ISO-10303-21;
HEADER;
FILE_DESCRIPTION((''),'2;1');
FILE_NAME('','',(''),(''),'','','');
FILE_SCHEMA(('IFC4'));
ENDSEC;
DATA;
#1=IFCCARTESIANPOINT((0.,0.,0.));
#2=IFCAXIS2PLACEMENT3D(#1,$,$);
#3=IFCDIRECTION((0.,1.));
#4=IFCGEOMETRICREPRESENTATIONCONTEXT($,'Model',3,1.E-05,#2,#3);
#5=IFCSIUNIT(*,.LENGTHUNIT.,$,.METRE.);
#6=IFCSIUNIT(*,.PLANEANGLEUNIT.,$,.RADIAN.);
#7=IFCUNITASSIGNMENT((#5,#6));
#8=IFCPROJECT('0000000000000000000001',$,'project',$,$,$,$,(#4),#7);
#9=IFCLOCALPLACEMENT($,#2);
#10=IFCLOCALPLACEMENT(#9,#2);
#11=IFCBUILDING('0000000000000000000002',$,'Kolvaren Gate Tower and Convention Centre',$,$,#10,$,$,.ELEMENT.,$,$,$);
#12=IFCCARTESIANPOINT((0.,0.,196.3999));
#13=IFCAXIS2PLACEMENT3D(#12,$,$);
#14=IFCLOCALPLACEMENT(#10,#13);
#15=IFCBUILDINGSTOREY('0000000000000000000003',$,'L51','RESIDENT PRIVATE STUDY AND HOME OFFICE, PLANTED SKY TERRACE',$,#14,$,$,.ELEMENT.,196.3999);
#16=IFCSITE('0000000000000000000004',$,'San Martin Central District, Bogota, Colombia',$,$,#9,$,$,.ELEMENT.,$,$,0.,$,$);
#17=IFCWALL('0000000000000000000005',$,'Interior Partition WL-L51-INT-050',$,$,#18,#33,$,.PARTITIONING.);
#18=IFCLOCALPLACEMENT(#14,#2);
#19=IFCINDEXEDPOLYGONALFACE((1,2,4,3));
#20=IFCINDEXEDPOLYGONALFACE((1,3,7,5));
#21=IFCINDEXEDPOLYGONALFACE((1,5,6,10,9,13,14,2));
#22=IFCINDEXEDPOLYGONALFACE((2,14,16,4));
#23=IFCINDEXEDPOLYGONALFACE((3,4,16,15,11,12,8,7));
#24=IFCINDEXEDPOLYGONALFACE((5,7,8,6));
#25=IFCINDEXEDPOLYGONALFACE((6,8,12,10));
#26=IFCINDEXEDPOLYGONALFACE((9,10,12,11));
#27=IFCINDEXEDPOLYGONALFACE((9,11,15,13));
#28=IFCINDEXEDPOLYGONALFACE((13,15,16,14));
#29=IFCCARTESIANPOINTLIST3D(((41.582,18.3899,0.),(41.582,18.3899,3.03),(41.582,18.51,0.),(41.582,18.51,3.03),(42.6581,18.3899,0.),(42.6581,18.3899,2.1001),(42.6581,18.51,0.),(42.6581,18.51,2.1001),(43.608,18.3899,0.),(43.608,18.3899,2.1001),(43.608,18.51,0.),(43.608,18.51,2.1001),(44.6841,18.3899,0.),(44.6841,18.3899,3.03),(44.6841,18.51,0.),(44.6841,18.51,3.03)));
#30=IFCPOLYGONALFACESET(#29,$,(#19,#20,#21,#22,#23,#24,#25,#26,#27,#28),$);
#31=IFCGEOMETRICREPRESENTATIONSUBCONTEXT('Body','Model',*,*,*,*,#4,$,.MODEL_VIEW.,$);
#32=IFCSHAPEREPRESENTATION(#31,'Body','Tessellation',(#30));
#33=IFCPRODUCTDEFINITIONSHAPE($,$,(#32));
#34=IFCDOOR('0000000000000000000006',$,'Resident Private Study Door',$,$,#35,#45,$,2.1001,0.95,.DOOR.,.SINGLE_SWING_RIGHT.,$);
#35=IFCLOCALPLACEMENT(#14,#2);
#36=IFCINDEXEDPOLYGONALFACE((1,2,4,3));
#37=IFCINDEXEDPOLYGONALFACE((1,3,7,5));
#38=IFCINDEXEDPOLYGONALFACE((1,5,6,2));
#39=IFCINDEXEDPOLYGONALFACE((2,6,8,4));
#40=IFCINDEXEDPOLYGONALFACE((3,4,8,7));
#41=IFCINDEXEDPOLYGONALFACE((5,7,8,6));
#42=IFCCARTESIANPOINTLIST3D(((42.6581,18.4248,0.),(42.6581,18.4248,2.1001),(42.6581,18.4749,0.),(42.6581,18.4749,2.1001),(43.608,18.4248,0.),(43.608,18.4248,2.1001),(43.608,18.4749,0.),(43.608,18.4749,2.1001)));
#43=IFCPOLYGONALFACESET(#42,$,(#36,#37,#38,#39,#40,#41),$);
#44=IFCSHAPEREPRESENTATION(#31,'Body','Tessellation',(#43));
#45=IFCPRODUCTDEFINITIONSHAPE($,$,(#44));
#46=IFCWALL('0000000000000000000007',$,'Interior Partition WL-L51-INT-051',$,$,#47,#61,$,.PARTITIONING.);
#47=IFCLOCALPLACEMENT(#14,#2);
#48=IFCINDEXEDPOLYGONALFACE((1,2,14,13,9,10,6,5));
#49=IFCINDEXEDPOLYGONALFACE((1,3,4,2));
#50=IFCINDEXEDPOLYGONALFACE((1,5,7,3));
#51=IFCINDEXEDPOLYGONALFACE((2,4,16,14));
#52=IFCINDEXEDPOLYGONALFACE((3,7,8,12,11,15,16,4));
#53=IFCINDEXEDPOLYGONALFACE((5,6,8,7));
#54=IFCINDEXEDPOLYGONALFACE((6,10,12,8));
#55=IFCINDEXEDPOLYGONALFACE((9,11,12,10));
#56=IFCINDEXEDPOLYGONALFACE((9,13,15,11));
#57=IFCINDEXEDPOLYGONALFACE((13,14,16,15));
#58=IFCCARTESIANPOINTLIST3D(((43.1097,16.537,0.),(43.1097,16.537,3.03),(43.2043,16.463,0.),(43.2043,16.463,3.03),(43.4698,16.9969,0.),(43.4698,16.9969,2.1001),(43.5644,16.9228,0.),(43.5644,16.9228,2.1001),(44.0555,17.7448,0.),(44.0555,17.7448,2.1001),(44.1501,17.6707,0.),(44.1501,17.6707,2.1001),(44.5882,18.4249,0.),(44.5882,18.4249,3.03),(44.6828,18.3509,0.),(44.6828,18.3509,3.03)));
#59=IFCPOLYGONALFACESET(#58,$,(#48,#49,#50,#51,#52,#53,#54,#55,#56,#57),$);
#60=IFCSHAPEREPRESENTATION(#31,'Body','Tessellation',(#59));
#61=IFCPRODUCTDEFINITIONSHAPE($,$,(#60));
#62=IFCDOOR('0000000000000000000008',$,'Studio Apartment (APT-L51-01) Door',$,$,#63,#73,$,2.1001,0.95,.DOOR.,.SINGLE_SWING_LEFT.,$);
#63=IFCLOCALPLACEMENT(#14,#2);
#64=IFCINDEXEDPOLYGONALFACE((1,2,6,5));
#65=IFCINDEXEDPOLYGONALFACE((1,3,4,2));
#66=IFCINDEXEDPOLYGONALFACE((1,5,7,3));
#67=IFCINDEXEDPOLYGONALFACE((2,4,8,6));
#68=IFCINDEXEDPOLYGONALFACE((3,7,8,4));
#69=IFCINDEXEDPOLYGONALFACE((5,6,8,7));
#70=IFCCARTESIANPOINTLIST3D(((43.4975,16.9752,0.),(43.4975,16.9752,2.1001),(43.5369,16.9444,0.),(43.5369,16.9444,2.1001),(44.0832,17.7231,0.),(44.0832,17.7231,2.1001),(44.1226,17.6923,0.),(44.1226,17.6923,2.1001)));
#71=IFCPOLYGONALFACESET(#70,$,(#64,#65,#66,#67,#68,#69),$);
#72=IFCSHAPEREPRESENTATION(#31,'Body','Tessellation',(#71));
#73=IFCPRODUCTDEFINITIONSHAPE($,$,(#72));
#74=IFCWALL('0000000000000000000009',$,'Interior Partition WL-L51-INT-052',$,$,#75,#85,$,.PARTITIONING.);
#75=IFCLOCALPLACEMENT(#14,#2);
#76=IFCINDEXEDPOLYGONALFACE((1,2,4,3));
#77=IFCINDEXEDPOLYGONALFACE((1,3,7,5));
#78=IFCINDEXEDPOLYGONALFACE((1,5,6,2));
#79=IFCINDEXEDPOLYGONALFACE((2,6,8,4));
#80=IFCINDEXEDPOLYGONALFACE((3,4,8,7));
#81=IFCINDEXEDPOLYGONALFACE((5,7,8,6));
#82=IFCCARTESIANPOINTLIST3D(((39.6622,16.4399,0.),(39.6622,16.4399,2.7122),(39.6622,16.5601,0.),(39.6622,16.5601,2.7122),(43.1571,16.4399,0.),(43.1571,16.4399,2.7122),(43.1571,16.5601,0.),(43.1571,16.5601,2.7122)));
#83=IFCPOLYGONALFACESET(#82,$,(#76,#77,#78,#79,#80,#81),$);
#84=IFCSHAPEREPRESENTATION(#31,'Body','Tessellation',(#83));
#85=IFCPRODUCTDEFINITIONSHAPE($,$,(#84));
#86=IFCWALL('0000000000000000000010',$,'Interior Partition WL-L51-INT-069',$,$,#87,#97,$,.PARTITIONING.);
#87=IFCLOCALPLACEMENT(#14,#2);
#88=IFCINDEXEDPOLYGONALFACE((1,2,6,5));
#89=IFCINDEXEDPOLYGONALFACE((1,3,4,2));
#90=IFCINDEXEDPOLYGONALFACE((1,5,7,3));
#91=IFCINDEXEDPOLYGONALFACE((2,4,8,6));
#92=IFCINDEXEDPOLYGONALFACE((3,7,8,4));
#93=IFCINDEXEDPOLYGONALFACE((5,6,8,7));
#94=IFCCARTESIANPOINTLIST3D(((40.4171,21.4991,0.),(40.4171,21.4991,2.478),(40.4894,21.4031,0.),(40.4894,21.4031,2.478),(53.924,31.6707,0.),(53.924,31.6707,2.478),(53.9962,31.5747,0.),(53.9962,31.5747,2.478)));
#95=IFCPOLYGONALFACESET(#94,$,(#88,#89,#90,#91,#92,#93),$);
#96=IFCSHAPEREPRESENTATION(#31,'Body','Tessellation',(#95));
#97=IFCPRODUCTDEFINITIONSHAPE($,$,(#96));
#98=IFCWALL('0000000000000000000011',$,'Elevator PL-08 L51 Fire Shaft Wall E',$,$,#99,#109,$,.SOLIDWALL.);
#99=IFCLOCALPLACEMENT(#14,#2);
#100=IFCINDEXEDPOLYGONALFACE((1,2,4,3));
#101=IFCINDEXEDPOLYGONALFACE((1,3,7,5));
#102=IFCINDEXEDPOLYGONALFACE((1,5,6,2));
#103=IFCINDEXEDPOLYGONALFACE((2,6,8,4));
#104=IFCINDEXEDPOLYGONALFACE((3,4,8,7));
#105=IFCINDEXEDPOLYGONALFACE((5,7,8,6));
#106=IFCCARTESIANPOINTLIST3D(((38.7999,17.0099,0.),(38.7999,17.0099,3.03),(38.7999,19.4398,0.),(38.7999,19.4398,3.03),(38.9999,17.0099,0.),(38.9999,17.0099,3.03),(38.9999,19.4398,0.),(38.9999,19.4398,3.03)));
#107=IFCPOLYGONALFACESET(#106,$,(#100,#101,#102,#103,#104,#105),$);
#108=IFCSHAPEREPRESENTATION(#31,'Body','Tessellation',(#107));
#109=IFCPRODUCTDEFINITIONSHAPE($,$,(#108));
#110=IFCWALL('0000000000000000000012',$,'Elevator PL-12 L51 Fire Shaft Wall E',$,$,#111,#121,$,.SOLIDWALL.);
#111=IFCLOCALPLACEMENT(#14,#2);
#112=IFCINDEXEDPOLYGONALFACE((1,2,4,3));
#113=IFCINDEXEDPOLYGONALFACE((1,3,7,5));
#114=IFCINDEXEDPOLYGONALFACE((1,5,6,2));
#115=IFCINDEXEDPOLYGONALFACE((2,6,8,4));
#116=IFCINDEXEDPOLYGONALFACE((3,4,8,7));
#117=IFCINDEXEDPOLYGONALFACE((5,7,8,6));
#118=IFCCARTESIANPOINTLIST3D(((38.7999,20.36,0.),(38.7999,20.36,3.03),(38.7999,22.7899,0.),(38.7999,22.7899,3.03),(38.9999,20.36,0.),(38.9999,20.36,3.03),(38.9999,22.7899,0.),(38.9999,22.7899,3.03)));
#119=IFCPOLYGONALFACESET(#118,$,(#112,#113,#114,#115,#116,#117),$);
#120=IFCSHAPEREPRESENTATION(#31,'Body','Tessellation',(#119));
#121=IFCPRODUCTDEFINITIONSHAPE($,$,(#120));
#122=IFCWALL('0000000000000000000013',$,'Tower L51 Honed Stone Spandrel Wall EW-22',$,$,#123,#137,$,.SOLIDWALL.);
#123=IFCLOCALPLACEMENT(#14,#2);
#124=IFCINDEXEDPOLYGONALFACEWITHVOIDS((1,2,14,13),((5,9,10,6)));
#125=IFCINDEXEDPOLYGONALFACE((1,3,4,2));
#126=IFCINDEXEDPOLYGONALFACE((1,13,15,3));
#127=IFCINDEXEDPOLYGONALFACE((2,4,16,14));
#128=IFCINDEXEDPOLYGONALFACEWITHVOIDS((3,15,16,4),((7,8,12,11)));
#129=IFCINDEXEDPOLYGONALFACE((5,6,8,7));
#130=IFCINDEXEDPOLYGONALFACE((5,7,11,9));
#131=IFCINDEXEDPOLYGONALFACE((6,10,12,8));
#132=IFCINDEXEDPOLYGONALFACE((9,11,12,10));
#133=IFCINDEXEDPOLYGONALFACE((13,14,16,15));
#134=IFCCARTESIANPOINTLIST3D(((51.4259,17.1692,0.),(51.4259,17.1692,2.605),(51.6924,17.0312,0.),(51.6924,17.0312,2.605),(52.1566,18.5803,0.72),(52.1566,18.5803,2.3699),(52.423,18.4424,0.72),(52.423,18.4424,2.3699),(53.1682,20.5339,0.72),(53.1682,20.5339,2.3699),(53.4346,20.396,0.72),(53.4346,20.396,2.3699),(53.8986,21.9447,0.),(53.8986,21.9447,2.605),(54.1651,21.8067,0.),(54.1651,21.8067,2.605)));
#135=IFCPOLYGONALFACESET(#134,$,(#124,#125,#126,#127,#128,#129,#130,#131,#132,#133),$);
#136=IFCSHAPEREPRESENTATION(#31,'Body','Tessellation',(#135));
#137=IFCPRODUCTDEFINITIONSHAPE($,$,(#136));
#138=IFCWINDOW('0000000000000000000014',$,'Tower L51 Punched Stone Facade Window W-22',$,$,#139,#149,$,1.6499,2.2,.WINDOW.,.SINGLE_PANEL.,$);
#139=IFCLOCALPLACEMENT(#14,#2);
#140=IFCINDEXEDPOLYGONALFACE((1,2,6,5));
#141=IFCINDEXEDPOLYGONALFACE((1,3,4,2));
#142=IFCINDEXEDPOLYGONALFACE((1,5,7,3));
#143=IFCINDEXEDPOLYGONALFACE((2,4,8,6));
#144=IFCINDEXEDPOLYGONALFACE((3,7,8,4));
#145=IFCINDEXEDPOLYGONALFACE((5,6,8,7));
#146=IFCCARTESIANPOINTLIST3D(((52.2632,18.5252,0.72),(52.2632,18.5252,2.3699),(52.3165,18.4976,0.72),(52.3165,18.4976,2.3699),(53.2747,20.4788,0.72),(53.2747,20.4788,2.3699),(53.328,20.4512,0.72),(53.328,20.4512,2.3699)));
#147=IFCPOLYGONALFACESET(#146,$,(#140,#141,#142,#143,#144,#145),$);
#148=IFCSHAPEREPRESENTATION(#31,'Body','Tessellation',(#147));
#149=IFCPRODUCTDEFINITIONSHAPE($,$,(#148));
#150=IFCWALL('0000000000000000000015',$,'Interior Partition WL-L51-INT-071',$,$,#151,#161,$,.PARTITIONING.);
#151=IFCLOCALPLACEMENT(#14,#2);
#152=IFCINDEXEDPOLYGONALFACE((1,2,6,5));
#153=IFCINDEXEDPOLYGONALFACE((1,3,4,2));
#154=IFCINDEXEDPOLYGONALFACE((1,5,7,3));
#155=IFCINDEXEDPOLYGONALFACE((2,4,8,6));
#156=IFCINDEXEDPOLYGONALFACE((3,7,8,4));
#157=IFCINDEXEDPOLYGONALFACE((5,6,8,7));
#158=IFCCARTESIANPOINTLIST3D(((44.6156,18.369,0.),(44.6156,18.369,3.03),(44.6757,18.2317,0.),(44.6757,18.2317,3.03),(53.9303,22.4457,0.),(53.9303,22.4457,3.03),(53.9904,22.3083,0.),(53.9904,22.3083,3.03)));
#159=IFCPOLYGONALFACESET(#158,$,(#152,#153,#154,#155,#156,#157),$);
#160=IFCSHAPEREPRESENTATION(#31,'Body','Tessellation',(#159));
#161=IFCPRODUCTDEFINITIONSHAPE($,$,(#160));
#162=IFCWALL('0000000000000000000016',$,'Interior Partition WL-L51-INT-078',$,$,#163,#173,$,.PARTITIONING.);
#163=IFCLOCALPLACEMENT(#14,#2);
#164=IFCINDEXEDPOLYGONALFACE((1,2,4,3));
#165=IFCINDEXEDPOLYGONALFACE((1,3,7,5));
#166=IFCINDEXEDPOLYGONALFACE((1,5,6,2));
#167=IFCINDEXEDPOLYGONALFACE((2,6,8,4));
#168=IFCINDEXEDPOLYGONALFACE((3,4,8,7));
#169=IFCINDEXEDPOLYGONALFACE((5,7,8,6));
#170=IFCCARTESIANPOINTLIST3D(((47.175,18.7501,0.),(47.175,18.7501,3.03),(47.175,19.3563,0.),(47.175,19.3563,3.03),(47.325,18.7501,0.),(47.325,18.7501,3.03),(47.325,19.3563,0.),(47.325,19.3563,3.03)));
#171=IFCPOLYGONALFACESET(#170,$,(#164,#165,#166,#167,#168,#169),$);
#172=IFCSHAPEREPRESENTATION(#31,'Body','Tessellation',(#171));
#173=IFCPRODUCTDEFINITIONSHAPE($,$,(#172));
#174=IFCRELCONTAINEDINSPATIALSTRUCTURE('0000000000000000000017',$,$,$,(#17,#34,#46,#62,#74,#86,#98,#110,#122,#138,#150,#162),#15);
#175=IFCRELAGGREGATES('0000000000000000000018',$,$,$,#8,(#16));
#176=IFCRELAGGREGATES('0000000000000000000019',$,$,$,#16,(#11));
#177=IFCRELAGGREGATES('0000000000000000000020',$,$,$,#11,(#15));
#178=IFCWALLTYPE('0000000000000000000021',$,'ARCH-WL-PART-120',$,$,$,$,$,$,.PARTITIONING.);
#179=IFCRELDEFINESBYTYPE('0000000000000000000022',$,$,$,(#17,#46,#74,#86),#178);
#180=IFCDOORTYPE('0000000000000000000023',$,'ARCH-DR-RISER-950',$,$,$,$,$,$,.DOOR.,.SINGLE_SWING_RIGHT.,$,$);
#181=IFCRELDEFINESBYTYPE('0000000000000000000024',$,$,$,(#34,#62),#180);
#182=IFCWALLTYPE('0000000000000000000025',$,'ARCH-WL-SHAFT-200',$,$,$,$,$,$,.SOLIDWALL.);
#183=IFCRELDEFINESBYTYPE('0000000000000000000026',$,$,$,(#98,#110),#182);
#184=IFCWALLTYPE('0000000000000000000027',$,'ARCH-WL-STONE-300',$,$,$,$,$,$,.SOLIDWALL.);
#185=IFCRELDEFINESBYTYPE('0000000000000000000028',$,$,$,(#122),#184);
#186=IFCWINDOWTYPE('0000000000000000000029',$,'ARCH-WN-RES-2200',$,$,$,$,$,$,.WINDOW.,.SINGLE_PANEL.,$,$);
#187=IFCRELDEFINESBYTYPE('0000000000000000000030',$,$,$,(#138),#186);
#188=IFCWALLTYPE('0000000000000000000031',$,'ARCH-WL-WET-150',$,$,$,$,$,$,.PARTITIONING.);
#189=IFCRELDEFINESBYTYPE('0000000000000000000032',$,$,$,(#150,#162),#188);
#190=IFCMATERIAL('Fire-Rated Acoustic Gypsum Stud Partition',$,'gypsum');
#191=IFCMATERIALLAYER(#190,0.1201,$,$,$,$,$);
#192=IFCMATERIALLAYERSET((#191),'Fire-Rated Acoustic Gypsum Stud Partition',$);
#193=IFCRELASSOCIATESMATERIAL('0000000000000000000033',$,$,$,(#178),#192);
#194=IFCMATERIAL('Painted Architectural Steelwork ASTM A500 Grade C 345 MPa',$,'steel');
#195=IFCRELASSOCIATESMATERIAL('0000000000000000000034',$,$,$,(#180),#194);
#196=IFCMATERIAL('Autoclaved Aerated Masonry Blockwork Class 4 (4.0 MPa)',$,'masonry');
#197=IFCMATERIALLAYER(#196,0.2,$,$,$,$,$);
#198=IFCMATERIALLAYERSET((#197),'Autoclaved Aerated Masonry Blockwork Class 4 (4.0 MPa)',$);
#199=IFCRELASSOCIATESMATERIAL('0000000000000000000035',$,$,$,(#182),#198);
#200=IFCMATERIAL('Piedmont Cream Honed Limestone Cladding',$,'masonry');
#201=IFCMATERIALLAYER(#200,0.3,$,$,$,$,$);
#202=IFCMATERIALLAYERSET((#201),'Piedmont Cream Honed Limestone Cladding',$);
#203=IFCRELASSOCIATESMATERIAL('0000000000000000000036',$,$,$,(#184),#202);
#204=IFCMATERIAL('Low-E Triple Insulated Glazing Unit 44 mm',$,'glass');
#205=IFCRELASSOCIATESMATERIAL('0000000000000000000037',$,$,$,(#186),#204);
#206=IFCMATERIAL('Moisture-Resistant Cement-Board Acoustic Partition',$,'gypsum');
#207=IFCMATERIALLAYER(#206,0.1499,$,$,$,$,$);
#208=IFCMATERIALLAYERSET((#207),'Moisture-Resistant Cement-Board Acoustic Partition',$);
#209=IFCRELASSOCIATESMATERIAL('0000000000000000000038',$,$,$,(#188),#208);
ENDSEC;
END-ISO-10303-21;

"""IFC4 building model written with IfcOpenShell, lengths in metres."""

from ifc_helpers import new_model, si_unit, direction, frame, frame_2d, origin, place, context, subcontext, project, spatial, rectangle, extrude, material, layer, layer_set, type_object, element, fill, save


model = new_model("IFC4")

# Units and contexts
model_context = context("Model", 3, precision=1e-05, world=origin(), true_north=direction((0.0, 1.0)))
body_context = subcontext(model_context, "Body", "Model", "MODEL_VIEW")
ifc_project = project(units=[si_unit("LENGTHUNIT", "METRE"), si_unit("PLANEANGLEUNIT", "RADIAN")], contexts=[model_context])

# Site, building, storey
site_placement = place(None, origin())
site = spatial("IfcSite", under=ifc_project, at=site_placement, Name="San Martin Central District, Bogota, Colombia", CompositionType="ELEMENT", RefElevation=0.0)
building_placement = place(site_placement, origin())
building = spatial("IfcBuilding", under=site, at=building_placement, Name="Kolvaren Gate Tower and Convention Centre", CompositionType="ELEMENT")
storey_placement = place(building_placement, frame((0.0, 0.0, 196.3999)))
storey = spatial("IfcBuildingStorey", under=building, at=storey_placement, Name="L51", Description="RESIDENT PRIVATE STUDY AND HOME OFFICE, PLANTED SKY TERRACE", CompositionType="ELEMENT", Elevation=196.3999)

# Shared definitions
ifc_material_1 = material(Name="Fire-Rated Acoustic Gypsum Stud Partition", Category="gypsum")
ifc_layer_1 = layer(ifc_material_1, 0.1201)
ifc_layer_set_1 = layer_set([ifc_layer_1], Name="Fire-Rated Acoustic Gypsum Stud Partition")
wall_type_1 = type_object("IfcWallType", Name="ARCH-WL-PART-120", PredefinedType="PARTITIONING", material=ifc_layer_set_1)

# Walls, openings, doors
wall_1_placement = place(storey_placement, frame((41.582, 18.45, 0.0), z_axis=(0.0, 0.0, 1.0), x_axis=(1.0, 0.0, 0.0)))
wall_1 = element("IfcWall", 1, at=wall_1_placement, inside=storey, type_object=wall_type_1, Name="Interior Partition WL-L51-INT-050", PredefinedType="PARTITIONING", context=body_context, shape_type="SweptSolid", body=[
    extrude(rectangle(XDim=3.1021, YDim=0.1201, at=frame_2d((1.551, 0.0))), origin(), (0.0, 0.0, 1.0), 3.03),
])
opening_1_placement = place(wall_1_placement, frame((1.0759, 0.0, 0.0)))
opening_1 = element("IfcOpeningElement", 2, at=opening_1_placement, cuts=wall_1, PredefinedType="OPENING", context=body_context, shape_type="SweptSolid", body=[
    extrude(rectangle(XDim=0.95, YDim=2.1001, at=frame_2d((0.4751, 1.05))), frame((0.0, 0.0701, 0.0), z_axis=(0.0, -1.0, 0.0), x_axis=(1.0, 0.0, 0.0)), (0.0, 0.0, 1.0), 0.1401),
])
ifc_material_2 = material(Name="Painted Architectural Steelwork ASTM A500 Grade C 345 MPa", Category="steel")
door_type_1 = type_object("IfcDoorType", Name="ARCH-DR-RISER-950", OperationType="SINGLE_SWING_RIGHT", PredefinedType="DOOR", material=ifc_material_2)
door_1_placement = place(opening_1_placement, origin())
door_1 = element("IfcDoor", 3, at=door_1_placement, inside=storey, type_object=door_type_1, Name="Resident Private Study Door", OperationType="SINGLE_SWING_RIGHT", OverallHeight=2.1001, OverallWidth=0.95, PredefinedType="DOOR", context=body_context, shape_type="SweptSolid", body=[
    extrude(rectangle(XDim=0.95, YDim=2.1001, at=frame_2d((0.4751, 1.05))), frame((0.0, 0.0249, 0.0), z_axis=(0.0, -1.0, 0.0), x_axis=(1.0, 0.0, 0.0)), (0.0, 0.0, 1.0), 0.05),
])
fill(opening_1, door_1)
wall_2_placement = place(storey_placement, frame((43.157, 16.5, 0.0), z_axis=(0.0, 0.0, 1.0), x_axis=(0.616566, 0.787303, 0.0)))
wall_2 = element("IfcWall", 4, at=wall_2_placement, inside=storey, type_object=wall_type_1, Name="Interior Partition WL-L51-INT-051", PredefinedType="PARTITIONING", context=body_context, shape_type="SweptSolid", body=[
    extrude(rectangle(XDim=2.3979, YDim=0.1201, at=frame_2d((1.199, 0.0))), origin(), (0.0, 0.0, 1.0), 3.03),
])
opening_2_placement = place(wall_2_placement, frame((0.584, 0.0, 0.0)))
opening_2 = element("IfcOpeningElement", 5, at=opening_2_placement, cuts=wall_2, PredefinedType="OPENING", context=body_context, shape_type="SweptSolid", body=[
    extrude(rectangle(XDim=0.95, YDim=2.1001, at=frame_2d((0.4751, 1.05))), frame((0.0, 0.0701, 0.0), z_axis=(0.0, -1.0, 0.0), x_axis=(1.0, 0.0, 0.0)), (0.0, 0.0, 1.0), 0.1401),
])
door_2_placement = place(opening_2_placement, origin())
door_2 = element("IfcDoor", 6, at=door_2_placement, inside=storey, type_object=door_type_1, Name="Studio Apartment (APT-L51-01) Door", OperationType="SINGLE_SWING_LEFT", OverallHeight=2.1001, OverallWidth=0.95, PredefinedType="DOOR", context=body_context, shape_type="SweptSolid", body=[
    extrude(rectangle(XDim=0.95, YDim=2.1001, at=frame_2d((0.4751, 1.05))), frame((0.0, 0.0249, 0.0), z_axis=(0.0, -1.0, 0.0), x_axis=(1.0, 0.0, 0.0)), (0.0, 0.0, 1.0), 0.05),
])
fill(opening_2, door_2)

# Walls
wall_3_placement = place(storey_placement, frame((39.6621, 16.5, 0.0), z_axis=(0.0, 0.0, 1.0), x_axis=(1.0, 0.0, 0.0)))
element("IfcWall", 7, at=wall_3_placement, inside=storey, type_object=wall_type_1, Name="Interior Partition WL-L51-INT-052", PredefinedType="PARTITIONING", context=body_context, shape_type="SweptSolid", body=[
    extrude(rectangle(XDim=3.4949, YDim=0.1201, at=frame_2d((1.7476, 0.0))), origin(), (0.0, 0.0, 1.0), 2.7122),
])
wall_4_placement = place(storey_placement, frame((40.4534, 21.4512, 0.0), z_axis=(0.0, 0.0, 1.0), x_axis=(0.79882, 0.60157, 0.0)))
element("IfcWall", 8, at=wall_4_placement, inside=storey, type_object=wall_type_1, Name="Interior Partition WL-L51-INT-069", PredefinedType="PARTITIONING", context=body_context, shape_type="SweptSolid", body=[
    extrude(rectangle(XDim=16.9084, YDim=0.1201, at=frame_2d((8.4541, 0.0))), origin(), (0.0, 0.0, 1.0), 2.478),
])
ifc_material_3 = material(Name="Autoclaved Aerated Masonry Blockwork Class 4 (4.0 MPa)", Category="masonry")
ifc_layer_2 = layer(ifc_material_3, 0.2)
ifc_layer_set_2 = layer_set([ifc_layer_2], Name="Autoclaved Aerated Masonry Blockwork Class 4 (4.0 MPa)")
wall_type_2 = type_object("IfcWallType", Name="ARCH-WL-SHAFT-200", PredefinedType="SOLIDWALL", material=ifc_layer_set_2)
for number, where, z_axis, x_axis, name in (
    (9, (38.8999, 17.01, 0.0), (0.0, 0.0, 1.0), (0.0, 1.0, 0.0), "Elevator PL-08 L51 Fire Shaft Wall E"),
    (10, (38.8999, 20.3601, 0.0), (0.0, 0.0, 1.0), (0.0, 1.0, 0.0), "Elevator PL-12 L51 Fire Shaft Wall E"),
):
    element("IfcWall", number, at=place(storey_placement, frame(where, z_axis=z_axis, x_axis=x_axis)), inside=storey, type_object=wall_type_2, Name=name, PredefinedType="SOLIDWALL", context=body_context, shape_type="SweptSolid", body=[
        extrude(rectangle(XDim=2.4299, YDim=0.2, at=frame_2d((1.2148, 0.0))), origin(), (0.0, 0.0, 1.0), 3.03),
    ])

# Wall, opening, window
ifc_material_4 = material(Name="Piedmont Cream Honed Limestone Cladding", Category="masonry")
ifc_layer_3 = layer(ifc_material_4, 0.3)
ifc_layer_set_3 = layer_set([ifc_layer_3], Name="Piedmont Cream Honed Limestone Cladding")
wall_type_3 = type_object("IfcWallType", Name="ARCH-WL-STONE-300", PredefinedType="SOLIDWALL", material=ifc_layer_set_3)
wall_5_placement = place(storey_placement, frame((51.5591, 17.1001, 0.0), z_axis=(0.0, 0.0, 1.0), x_axis=(0.459808, 0.888018, 0.0)))
wall_5 = element("IfcWall", 11, at=wall_5_placement, inside=storey, type_object=wall_type_3, Name="Tower L51 Honed Stone Spandrel Wall EW-22", PredefinedType="SOLIDWALL", context=body_context, shape_type="SweptSolid", body=[
    extrude(rectangle(XDim=5.3777, YDim=0.3, at=frame_2d((2.689, 0.0))), origin(), (0.0, 0.0, 1.0), 2.605),
])
opening_3_placement = place(wall_5_placement, frame((1.5891, 0.0, 0.72)))
opening_3 = element("IfcOpeningElement", 12, at=opening_3_placement, cuts=wall_5, PredefinedType="OPENING", context=body_context, shape_type="SweptSolid", body=[
    extrude(rectangle(XDim=2.2, YDim=1.6499, at=frame_2d((1.1001, 0.825))), frame((0.0, 0.1599, 0.0), z_axis=(0.0, -1.0, 0.0), x_axis=(1.0, 0.0, 0.0)), (0.0, 0.0, 1.0), 0.3201),
])
ifc_material_5 = material(Name="Low-E Triple Insulated Glazing Unit 44 mm", Category="glass")
window_type = type_object("IfcWindowType", Name="ARCH-WN-RES-2200", PartitioningType="SINGLE_PANEL", PredefinedType="WINDOW", material=ifc_material_5)
window_placement = place(opening_3_placement, origin())
window = element("IfcWindow", 13, at=window_placement, inside=storey, type_object=window_type, Name="Tower L51 Punched Stone Facade Window W-22", OverallHeight=1.6499, OverallWidth=2.2, PartitioningType="SINGLE_PANEL", PredefinedType="WINDOW", context=body_context, shape_type="SweptSolid", body=[
    extrude(rectangle(XDim=2.2, YDim=1.6499, at=frame_2d((1.1001, 0.825))), frame((0.0, 0.03, 0.0), z_axis=(0.0, -1.0, 0.0), x_axis=(1.0, 0.0, 0.0)), (0.0, 0.0, 1.0), 0.0601),
])
fill(opening_3, window)

# Walls
ifc_material_6 = material(Name="Moisture-Resistant Cement-Board Acoustic Partition", Category="gypsum")
ifc_layer_4 = layer(ifc_material_6, 0.1499)
ifc_layer_set_4 = layer_set([ifc_layer_4], Name="Moisture-Resistant Cement-Board Acoustic Partition")
wall_type_4 = type_object("IfcWallType", Name="ARCH-WL-WET-150", PredefinedType="PARTITIONING", material=ifc_layer_set_4)
wall_6_placement = place(storey_placement, frame((44.6455, 18.3003, 0.0), z_axis=(0.0, 0.0, 1.0), x_axis=(0.916104, 0.400941, 0.0)))
element("IfcWall", 14, at=wall_6_placement, inside=storey, type_object=wall_type_4, Name="Interior Partition WL-L51-INT-071", PredefinedType="PARTITIONING", context=body_context, shape_type="SweptSolid", body=[
    extrude(rectangle(XDim=10.1677, YDim=0.1499, at=frame_2d((5.084, 0.0))), origin(), (0.0, 0.0, 1.0), 3.03),
])
wall_7_placement = place(storey_placement, frame((47.25, 18.75, 0.0), z_axis=(0.0, 0.0, 1.0), x_axis=(0.0, 1.0, 0.0)))
element("IfcWall", 15, at=wall_7_placement, inside=storey, type_object=wall_type_4, Name="Interior Partition WL-L51-INT-078", PredefinedType="PARTITIONING", context=body_context, shape_type="SweptSolid", body=[
    extrude(rectangle(XDim=0.6062, YDim=0.1499, at=frame_2d((0.3032, 0.0))), origin(), (0.0, 0.0, 1.0), 3.03),
])

save(model, "model.ifc")
